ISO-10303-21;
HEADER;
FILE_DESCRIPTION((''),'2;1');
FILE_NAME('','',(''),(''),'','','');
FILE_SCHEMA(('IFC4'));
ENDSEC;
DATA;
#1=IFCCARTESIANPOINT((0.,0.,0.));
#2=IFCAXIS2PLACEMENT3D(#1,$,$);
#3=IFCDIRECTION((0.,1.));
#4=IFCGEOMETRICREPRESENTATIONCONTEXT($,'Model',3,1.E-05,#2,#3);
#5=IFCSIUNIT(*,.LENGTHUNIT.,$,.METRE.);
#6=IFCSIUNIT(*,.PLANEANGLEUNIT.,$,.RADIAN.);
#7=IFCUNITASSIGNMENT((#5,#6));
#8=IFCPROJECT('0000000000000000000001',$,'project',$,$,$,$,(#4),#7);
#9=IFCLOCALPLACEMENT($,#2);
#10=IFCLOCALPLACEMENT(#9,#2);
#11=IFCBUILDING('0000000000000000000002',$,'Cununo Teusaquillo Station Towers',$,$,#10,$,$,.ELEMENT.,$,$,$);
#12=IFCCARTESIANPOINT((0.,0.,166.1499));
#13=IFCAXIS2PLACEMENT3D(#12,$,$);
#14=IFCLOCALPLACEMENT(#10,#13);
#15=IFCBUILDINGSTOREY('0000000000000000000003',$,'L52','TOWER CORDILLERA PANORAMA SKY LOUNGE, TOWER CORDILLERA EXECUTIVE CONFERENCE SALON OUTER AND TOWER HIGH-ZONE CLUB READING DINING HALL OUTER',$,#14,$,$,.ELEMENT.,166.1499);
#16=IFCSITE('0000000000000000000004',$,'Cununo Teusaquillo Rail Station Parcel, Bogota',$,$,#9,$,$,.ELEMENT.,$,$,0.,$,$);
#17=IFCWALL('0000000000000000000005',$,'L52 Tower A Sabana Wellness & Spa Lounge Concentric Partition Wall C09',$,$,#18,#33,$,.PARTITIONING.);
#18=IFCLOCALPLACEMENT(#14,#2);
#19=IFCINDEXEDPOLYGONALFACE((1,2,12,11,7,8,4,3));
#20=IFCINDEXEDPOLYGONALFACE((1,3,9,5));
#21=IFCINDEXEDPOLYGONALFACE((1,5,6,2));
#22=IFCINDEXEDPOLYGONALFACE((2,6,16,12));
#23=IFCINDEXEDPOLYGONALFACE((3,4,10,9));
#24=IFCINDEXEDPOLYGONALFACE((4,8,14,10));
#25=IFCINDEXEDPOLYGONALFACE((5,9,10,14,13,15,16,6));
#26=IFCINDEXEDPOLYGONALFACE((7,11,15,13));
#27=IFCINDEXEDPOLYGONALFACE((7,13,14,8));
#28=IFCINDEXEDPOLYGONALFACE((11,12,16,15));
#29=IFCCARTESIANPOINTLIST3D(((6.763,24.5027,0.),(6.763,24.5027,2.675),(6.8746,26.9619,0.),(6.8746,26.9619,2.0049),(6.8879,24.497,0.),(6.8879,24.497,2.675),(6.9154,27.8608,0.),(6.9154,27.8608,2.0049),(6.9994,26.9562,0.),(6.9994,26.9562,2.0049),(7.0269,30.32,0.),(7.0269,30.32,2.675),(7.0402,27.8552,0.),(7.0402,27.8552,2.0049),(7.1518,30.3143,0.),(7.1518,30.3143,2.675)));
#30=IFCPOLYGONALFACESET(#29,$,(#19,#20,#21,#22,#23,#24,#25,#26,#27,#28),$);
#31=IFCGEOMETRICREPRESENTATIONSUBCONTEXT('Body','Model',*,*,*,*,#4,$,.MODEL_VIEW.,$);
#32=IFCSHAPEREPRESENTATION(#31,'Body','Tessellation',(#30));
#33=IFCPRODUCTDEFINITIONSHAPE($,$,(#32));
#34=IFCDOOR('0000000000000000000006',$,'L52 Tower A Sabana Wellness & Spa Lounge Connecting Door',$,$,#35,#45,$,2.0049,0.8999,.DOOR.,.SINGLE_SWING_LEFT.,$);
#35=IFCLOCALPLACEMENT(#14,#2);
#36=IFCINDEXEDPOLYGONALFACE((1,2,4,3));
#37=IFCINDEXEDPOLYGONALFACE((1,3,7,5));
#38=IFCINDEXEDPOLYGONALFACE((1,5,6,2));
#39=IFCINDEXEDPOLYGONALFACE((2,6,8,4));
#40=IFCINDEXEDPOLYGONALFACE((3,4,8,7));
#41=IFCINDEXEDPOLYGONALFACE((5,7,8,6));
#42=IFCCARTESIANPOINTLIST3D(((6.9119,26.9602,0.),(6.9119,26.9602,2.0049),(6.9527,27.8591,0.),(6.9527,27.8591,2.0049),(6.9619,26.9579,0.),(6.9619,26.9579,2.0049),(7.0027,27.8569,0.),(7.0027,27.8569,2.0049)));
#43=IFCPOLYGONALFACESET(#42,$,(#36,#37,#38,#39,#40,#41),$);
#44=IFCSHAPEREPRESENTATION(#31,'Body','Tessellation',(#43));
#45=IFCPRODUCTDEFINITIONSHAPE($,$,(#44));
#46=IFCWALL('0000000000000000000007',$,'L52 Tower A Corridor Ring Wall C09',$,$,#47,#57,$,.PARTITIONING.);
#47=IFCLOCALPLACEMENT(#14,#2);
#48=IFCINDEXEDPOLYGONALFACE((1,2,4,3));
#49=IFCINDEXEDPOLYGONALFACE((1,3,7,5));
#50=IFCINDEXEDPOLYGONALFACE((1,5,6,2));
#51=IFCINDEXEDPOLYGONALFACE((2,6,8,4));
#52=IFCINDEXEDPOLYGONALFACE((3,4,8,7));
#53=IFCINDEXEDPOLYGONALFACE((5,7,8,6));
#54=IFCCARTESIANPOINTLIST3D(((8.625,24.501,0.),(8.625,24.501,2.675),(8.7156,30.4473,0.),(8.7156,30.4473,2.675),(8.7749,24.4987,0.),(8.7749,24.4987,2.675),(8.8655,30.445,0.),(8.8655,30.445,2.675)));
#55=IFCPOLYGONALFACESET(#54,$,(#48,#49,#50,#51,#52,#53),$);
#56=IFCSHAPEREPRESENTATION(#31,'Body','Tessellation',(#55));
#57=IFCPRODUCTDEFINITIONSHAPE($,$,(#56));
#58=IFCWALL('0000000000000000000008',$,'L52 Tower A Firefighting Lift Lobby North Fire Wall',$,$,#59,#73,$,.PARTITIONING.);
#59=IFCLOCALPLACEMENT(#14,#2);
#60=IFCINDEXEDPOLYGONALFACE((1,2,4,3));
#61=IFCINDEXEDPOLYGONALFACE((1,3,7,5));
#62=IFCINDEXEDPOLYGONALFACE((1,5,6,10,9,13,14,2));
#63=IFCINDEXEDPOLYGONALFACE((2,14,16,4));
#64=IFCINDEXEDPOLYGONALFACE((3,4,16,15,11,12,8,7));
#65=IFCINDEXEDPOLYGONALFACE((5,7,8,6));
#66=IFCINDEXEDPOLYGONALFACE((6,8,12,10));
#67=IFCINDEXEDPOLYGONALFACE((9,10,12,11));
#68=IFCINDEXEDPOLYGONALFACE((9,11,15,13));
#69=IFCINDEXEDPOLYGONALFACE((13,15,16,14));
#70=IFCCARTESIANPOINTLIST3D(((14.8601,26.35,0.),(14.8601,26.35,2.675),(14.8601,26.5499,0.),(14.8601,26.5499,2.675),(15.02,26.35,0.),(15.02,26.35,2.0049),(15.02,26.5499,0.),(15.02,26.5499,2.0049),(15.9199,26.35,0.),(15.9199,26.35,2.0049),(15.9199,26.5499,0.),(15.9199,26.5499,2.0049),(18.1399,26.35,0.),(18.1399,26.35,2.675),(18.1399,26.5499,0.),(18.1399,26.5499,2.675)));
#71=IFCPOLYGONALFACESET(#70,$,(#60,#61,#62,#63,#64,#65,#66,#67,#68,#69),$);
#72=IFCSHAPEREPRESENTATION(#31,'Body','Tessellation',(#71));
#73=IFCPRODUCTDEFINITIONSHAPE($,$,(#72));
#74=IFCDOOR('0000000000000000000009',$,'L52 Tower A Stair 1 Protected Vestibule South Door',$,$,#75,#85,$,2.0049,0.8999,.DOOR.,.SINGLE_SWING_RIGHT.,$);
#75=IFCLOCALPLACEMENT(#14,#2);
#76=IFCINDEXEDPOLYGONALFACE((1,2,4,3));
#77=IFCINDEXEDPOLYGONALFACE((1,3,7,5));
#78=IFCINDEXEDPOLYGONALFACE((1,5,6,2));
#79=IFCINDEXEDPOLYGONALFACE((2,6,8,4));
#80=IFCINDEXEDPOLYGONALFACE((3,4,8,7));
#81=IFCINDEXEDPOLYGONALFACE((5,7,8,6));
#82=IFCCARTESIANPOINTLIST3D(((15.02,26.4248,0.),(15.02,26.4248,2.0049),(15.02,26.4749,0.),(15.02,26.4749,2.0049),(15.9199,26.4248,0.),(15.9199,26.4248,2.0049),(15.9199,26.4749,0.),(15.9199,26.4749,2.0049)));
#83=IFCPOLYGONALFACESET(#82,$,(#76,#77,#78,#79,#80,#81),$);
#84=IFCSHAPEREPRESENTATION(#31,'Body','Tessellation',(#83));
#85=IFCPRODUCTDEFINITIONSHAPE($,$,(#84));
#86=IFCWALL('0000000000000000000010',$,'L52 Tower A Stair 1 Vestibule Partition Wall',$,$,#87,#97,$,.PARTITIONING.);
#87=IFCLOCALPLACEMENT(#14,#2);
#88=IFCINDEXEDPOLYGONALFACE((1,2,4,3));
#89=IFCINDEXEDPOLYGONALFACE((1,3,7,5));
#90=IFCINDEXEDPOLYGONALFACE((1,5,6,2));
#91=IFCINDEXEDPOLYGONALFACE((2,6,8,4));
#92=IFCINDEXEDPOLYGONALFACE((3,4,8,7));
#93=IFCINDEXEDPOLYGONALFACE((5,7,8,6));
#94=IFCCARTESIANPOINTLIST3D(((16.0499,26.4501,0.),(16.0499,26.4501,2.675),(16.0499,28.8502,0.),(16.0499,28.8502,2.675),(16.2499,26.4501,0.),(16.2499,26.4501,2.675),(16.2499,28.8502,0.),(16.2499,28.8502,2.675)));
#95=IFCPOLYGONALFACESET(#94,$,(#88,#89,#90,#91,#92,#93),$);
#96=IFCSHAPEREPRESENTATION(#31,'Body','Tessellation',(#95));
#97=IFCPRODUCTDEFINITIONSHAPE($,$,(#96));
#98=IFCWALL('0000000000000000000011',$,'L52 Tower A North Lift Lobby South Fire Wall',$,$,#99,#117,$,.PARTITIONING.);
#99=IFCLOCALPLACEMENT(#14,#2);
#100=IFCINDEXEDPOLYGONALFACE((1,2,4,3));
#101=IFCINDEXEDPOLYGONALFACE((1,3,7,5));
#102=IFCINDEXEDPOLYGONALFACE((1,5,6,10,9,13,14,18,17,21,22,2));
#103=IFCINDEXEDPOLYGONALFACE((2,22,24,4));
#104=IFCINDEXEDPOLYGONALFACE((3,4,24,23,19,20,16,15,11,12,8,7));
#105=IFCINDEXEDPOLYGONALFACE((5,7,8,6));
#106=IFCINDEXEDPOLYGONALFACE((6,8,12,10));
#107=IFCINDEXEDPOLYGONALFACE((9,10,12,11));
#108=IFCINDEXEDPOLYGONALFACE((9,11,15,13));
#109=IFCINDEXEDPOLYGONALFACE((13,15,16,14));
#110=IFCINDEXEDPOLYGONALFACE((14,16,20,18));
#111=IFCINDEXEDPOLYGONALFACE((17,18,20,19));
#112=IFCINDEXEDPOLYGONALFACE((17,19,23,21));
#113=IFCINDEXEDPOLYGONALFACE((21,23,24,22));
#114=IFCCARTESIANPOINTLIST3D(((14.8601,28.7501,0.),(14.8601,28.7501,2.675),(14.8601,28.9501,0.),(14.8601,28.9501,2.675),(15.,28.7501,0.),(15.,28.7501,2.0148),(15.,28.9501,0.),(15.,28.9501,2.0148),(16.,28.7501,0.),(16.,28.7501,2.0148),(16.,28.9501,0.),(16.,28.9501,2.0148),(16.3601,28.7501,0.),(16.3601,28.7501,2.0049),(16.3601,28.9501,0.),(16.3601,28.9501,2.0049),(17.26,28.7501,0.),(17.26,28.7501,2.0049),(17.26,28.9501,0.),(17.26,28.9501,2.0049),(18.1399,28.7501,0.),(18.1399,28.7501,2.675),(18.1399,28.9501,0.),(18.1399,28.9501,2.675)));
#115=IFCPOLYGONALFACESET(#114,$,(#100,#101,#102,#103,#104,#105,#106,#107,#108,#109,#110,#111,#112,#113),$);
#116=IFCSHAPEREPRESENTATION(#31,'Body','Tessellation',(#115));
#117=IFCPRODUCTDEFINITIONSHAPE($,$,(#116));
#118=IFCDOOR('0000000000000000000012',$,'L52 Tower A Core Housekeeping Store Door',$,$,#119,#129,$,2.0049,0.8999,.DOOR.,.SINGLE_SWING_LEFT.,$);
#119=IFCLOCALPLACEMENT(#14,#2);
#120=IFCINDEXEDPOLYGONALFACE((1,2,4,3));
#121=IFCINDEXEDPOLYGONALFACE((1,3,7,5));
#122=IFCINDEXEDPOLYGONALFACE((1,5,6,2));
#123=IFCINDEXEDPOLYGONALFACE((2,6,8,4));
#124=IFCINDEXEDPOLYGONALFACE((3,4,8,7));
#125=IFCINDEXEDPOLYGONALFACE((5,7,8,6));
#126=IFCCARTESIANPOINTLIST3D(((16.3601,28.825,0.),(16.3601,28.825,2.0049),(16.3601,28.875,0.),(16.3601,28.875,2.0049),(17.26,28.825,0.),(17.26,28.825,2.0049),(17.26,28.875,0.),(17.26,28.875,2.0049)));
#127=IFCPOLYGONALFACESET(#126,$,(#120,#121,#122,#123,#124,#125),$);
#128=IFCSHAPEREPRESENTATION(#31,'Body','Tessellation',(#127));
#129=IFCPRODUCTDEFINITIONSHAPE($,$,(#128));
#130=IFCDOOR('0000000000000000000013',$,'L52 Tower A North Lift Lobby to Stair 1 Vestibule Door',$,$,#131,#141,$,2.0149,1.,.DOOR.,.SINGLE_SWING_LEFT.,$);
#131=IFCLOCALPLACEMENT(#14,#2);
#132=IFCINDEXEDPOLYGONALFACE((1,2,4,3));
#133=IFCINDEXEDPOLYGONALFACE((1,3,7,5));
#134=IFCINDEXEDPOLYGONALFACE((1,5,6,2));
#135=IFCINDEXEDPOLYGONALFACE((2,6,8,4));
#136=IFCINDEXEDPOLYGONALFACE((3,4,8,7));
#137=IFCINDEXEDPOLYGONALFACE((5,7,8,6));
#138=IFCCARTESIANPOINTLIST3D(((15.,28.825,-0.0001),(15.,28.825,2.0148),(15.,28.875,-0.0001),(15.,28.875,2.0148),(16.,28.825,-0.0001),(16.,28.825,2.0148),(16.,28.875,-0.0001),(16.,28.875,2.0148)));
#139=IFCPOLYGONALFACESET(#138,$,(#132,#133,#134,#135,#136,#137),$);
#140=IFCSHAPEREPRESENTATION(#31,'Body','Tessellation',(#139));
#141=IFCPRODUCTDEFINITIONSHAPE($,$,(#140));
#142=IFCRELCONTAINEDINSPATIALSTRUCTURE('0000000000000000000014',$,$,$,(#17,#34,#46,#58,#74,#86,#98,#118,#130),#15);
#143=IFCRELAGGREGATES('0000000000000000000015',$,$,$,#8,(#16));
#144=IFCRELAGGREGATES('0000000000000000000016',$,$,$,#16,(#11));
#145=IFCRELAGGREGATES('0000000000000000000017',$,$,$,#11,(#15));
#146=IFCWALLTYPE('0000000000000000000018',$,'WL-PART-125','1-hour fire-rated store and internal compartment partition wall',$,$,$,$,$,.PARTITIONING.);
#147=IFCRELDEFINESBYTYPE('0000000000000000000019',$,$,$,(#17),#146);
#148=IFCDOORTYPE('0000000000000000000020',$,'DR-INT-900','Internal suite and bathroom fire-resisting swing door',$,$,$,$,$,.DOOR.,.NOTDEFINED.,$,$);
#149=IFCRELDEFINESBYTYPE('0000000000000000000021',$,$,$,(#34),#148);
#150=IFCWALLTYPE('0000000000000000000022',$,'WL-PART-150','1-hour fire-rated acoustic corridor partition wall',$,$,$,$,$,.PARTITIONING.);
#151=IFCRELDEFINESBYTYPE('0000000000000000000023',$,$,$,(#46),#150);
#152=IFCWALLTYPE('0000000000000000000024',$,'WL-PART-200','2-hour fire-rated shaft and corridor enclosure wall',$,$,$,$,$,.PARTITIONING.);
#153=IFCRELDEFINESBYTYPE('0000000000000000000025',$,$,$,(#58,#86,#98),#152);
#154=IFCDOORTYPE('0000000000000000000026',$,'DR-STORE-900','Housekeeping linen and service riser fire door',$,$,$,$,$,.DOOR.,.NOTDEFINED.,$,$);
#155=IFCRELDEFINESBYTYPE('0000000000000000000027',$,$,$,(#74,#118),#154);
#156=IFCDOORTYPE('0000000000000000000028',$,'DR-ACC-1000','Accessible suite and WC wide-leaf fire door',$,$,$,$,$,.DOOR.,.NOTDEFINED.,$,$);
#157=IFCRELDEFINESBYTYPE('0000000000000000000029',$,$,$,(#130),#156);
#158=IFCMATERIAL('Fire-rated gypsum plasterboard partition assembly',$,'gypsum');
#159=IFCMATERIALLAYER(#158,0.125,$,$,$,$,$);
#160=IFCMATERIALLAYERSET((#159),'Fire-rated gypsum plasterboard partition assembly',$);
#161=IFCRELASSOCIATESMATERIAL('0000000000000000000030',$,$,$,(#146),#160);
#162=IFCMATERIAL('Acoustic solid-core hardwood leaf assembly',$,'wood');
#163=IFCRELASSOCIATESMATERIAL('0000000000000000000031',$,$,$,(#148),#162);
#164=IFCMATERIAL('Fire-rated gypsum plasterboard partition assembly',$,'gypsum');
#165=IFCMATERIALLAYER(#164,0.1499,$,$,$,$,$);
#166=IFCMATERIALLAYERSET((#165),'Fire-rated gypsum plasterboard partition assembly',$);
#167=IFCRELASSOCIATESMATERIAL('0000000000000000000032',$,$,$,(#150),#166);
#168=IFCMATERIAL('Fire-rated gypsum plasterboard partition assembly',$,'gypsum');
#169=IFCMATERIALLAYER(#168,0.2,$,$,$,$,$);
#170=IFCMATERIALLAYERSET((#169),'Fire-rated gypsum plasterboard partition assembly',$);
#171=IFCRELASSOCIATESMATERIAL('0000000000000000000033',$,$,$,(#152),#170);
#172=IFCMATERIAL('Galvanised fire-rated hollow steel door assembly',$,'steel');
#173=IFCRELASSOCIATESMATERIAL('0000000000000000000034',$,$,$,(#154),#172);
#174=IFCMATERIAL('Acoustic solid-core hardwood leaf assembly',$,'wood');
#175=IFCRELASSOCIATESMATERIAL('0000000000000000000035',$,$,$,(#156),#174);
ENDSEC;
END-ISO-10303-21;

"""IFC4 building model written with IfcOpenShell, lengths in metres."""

from ifc_helpers import new_model, si_unit, direction, frame, frame_2d, origin, place, context, subcontext, project, spatial, rectangle, extrude, source, transform, mapped, material, layer, layer_set, type_object, element, fill, save


model = new_model("IFC4")

# Units and contexts
model_context = context("Model", 3, precision=1e-05, world=origin(), true_north=direction((0.0, 1.0)))
body_context = subcontext(model_context, "Body", "Model", "MODEL_VIEW")
ifc_project = project(units=[si_unit("LENGTHUNIT", "METRE"), si_unit("PLANEANGLEUNIT", "RADIAN")], contexts=[model_context])

# Site, building, storey
site_placement = place(None, origin())
site = spatial("IfcSite", under=ifc_project, at=site_placement, Name="Cununo Teusaquillo Rail Station Parcel, Bogota", CompositionType="ELEMENT", RefElevation=0.0)
building_placement = place(site_placement, origin())
building = spatial("IfcBuilding", under=site, at=building_placement, Name="Cununo Teusaquillo Station Towers", CompositionType="ELEMENT")
storey_placement = place(building_placement, frame((0.0, 0.0, 166.1499)))
storey = spatial("IfcBuildingStorey", under=building, at=storey_placement, Name="L52", Description="TOWER CORDILLERA PANORAMA SKY LOUNGE, TOWER CORDILLERA EXECUTIVE CONFERENCE SALON OUTER AND TOWER HIGH-ZONE CLUB READING DINING HALL OUTER", CompositionType="ELEMENT", Elevation=166.1499)

# Wall, opening, door
ifc_material_1 = material(Name="Fire-rated gypsum plasterboard partition assembly", Category="gypsum")
ifc_layer_1 = layer(ifc_material_1, 0.125)
ifc_layer_set_1 = layer_set([ifc_layer_1], Name="Fire-rated gypsum plasterboard partition assembly")
wall_type_1 = type_object("IfcWallType", Name="WL-PART-125", Description="1-hour fire-rated store and internal compartment partition wall", PredefinedType="PARTITIONING", material=ifc_layer_set_1)
wall_1_placement = place(storey_placement, frame((7.0894, 30.3171, 0.0), z_axis=(0.0, 0.0, 1.0), x_axis=(-0.045322, -0.998972, 0.0)))
wall_1 = element("IfcWall", 1, at=wall_1_placement, inside=storey, type_object=wall_type_1, Name="L52 Tower A Sabana Wellness & Spa Lounge Concentric Partition Wall C09", PredefinedType="PARTITIONING", context=body_context, shape_type="SweptSolid", body=[
    extrude(rectangle(XDim=5.8232, YDim=0.125, at=frame_2d((2.9116, 0.0))), origin(), (0.0, 0.0, 1.0), 2.675),
])
shared_shape_1 = source(origin(), body_context, "Body", "SweptSolid", [
    extrude(rectangle(XDim=0.8999, YDim=2.0049, at=frame_2d((0.45, 1.0024))), frame((0.0, 0.0725, 0.0), z_axis=(0.0, -1.0, 0.0), x_axis=(1.0, 0.0, 0.0)), (0.0, 0.0, 1.0), 0.145),
])
opening_1_placement = place(wall_1_placement, frame((2.4617, 0.0, 0.0)))
opening_1 = element("IfcOpeningElement", 2, at=opening_1_placement, cuts=wall_1, PredefinedType="OPENING", context=body_context, shape_type="MappedRepresentation", body=[
    mapped(shared_shape_1, transform((0.0, 0.0, 0.0), x_axis=(1.0, 0.0, 0.0), y_axis=(0.0, 1.0, 0.0), z_axis=(0.0, 0.0, 1.0), scale=1.0)),
])
ifc_material_2 = material(Name="Acoustic solid-core hardwood leaf assembly", Category="wood")
door_type_1 = type_object("IfcDoorType", Name="DR-INT-900", Description="Internal suite and bathroom fire-resisting swing door", OperationType="NOTDEFINED", PredefinedType="DOOR", material=ifc_material_2)
shared_shape_2 = source(origin(), body_context, "Body", "SweptSolid", [
    extrude(rectangle(XDim=0.8999, YDim=2.0049, at=frame_2d((0.45, 1.0024))), frame((0.0, 0.0249, 0.0), z_axis=(0.0, -1.0, 0.0), x_axis=(1.0, 0.0, 0.0)), (0.0, 0.0, 1.0), 0.05),
])
door_1_placement = place(opening_1_placement, origin())
door_1 = element("IfcDoor", 3, at=door_1_placement, inside=storey, type_object=door_type_1, Name="L52 Tower A Sabana Wellness & Spa Lounge Connecting Door", OperationType="SINGLE_SWING_LEFT", OverallHeight=2.0049, OverallWidth=0.8999, PredefinedType="DOOR", context=body_context, shape_type="MappedRepresentation", body=[
    mapped(shared_shape_2, transform((0.0, 0.0, 0.0), x_axis=(1.0, 0.0, 0.0), y_axis=(0.0, 1.0, 0.0), z_axis=(0.0, 0.0, 1.0), scale=1.0)),
])
fill(opening_1, door_1)

# Wall
ifc_material_3 = material(Name="Fire-rated gypsum plasterboard partition assembly", Category="gypsum")
ifc_layer_2 = layer(ifc_material_3, 0.1499)
ifc_layer_set_2 = layer_set([ifc_layer_2], Name="Fire-rated gypsum plasterboard partition assembly")
wall_type_2 = type_object("IfcWallType", Name="WL-PART-150", Description="1-hour fire-rated acoustic corridor partition wall", PredefinedType="PARTITIONING", material=ifc_layer_set_2)
wall_2_placement = place(storey_placement, frame((8.7905, 30.4463, 0.0), z_axis=(0.0, 0.0, 1.0), x_axis=(-0.015231, -0.999884, 0.0)))
element("IfcWall", 4, at=wall_2_placement, inside=storey, type_object=wall_type_2, Name="L52 Tower A Corridor Ring Wall C09", PredefinedType="PARTITIONING", context=body_context, shape_type="SweptSolid", body=[
    extrude(rectangle(XDim=5.947, YDim=0.1499, at=frame_2d((2.9736, 0.0))), origin(), (0.0, 0.0, 1.0), 2.675),
])

# Wall, opening, door
ifc_material_4 = material(Name="Fire-rated gypsum plasterboard partition assembly", Category="gypsum")
ifc_layer_3 = layer(ifc_material_4, 0.2)
ifc_layer_set_3 = layer_set([ifc_layer_3], Name="Fire-rated gypsum plasterboard partition assembly")
wall_type_3 = type_object("IfcWallType", Name="WL-PART-200", Description="2-hour fire-rated shaft and corridor enclosure wall", PredefinedType="PARTITIONING", material=ifc_layer_set_3)
wall_3_placement = place(storey_placement, frame((14.8601, 26.45, 0.0), z_axis=(0.0, 0.0, 1.0), x_axis=(1.0, 0.0, 0.0)))
wall_3 = element("IfcWall", 5, at=wall_3_placement, inside=storey, type_object=wall_type_3, Name="L52 Tower A Firefighting Lift Lobby North Fire Wall", PredefinedType="PARTITIONING", context=body_context, shape_type="SweptSolid", body=[
    extrude(rectangle(XDim=3.2798, YDim=0.2, at=frame_2d((1.6399, 0.0))), origin(), (0.0, 0.0, 1.0), 2.675),
])
shared_shape_3 = source(origin(), body_context, "Body", "SweptSolid", [
    extrude(rectangle(XDim=0.8999, YDim=2.0049, at=frame_2d((0.45, 1.0024))), frame((0.0, 0.1099, 0.0), z_axis=(0.0, -1.0, 0.0), x_axis=(1.0, 0.0, 0.0)), (0.0, 0.0, 1.0), 0.22),
])
opening_2_placement = place(wall_3_placement, frame((0.1599, 0.0, 0.0)))
opening_2 = element("IfcOpeningElement", 6, at=opening_2_placement, cuts=wall_3, PredefinedType="OPENING", context=body_context, shape_type="MappedRepresentation", body=[
    mapped(shared_shape_3, transform((0.0, 0.0, 0.0), x_axis=(1.0, 0.0, 0.0), y_axis=(0.0, 1.0, 0.0), z_axis=(0.0, 0.0, 1.0), scale=1.0)),
])
ifc_material_5 = material(Name="Galvanised fire-rated hollow steel door assembly", Category="steel")
door_type_2 = type_object("IfcDoorType", Name="DR-STORE-900", Description="Housekeeping linen and service riser fire door", OperationType="NOTDEFINED", PredefinedType="DOOR", material=ifc_material_5)
door_2_placement = place(opening_2_placement, origin())
door_2 = element("IfcDoor", 7, at=door_2_placement, inside=storey, type_object=door_type_2, Name="L52 Tower A Stair 1 Protected Vestibule South Door", OperationType="SINGLE_SWING_RIGHT", OverallHeight=2.0049, OverallWidth=0.8999, PredefinedType="DOOR", context=body_context, shape_type="MappedRepresentation", body=[
    mapped(shared_shape_2, transform((0.0, 0.0, 0.0), x_axis=(1.0, 0.0, 0.0), y_axis=(0.0, 1.0, 0.0), z_axis=(0.0, 0.0, 1.0), scale=1.0)),
])
fill(opening_2, door_2)

# Wall
wall_4_placement = place(storey_placement, frame((16.1499, 26.45, 0.0), z_axis=(0.0, 0.0, 1.0), x_axis=(0.0, 1.0, 0.0)))
element("IfcWall", 8, at=wall_4_placement, inside=storey, type_object=wall_type_3, Name="L52 Tower A Stair 1 Vestibule Partition Wall", PredefinedType="PARTITIONING", context=body_context, shape_type="SweptSolid", body=[
    extrude(rectangle(XDim=2.4001, YDim=0.2, at=frame_2d((1.2002, 0.0))), origin(), (0.0, 0.0, 1.0), 2.675),
])

# Wall, openings, doors
wall_5_placement = place(storey_placement, frame((14.8601, 28.8501, 0.0), z_axis=(0.0, 0.0, 1.0), x_axis=(1.0, 0.0, 0.0)))
wall_5 = element("IfcWall", 9, at=wall_5_placement, inside=storey, type_object=wall_type_3, Name="L52 Tower A North Lift Lobby South Fire Wall", PredefinedType="PARTITIONING", context=body_context, shape_type="SweptSolid", body=[
    extrude(rectangle(XDim=3.2798, YDim=0.2, at=frame_2d((1.6399, 0.0))), origin(), (0.0, 0.0, 1.0), 2.675),
])
shared_shape_4 = source(origin(), body_context, "Body", "SweptSolid", [
    extrude(rectangle(XDim=1.0, YDim=2.0149, at=frame_2d((0.5, 1.0073))), frame((0.0, 0.1099, 0.0), z_axis=(0.0, -1.0, 0.0), x_axis=(1.0, 0.0, 0.0)), (0.0, 0.0, 1.0), 0.22),
])
opening_3_placement = place(wall_5_placement, frame((0.1399, 0.0, 0.0)))
opening_3 = element("IfcOpeningElement", 10, at=opening_3_placement, cuts=wall_5, PredefinedType="OPENING", context=body_context, shape_type="MappedRepresentation", body=[
    mapped(shared_shape_4, transform((0.0, 0.0, 0.0), x_axis=(1.0, 0.0, 0.0), y_axis=(0.0, 1.0, 0.0), z_axis=(0.0, 0.0, 1.0), scale=1.0)),
])
opening_4_placement = place(wall_5_placement, frame((1.5, 0.0, 0.0)))
opening_4 = element("IfcOpeningElement", 11, at=opening_4_placement, cuts=wall_5, PredefinedType="OPENING", context=body_context, shape_type="MappedRepresentation", body=[
    mapped(shared_shape_3, transform((0.0, 0.0, 0.0), x_axis=(1.0, 0.0, 0.0), y_axis=(0.0, 1.0, 0.0), z_axis=(0.0, 0.0, 1.0), scale=1.0)),
])
door_3_placement = place(opening_4_placement, origin())
door_3 = element("IfcDoor", 12, at=door_3_placement, inside=storey, type_object=door_type_2, Name="L52 Tower A Core Housekeeping Store Door", OperationType="SINGLE_SWING_LEFT", OverallHeight=2.0049, OverallWidth=0.8999, PredefinedType="DOOR", context=body_context, shape_type="MappedRepresentation", body=[
    mapped(shared_shape_2, transform((0.0, 0.0, 0.0), x_axis=(1.0, 0.0, 0.0), y_axis=(0.0, 1.0, 0.0), z_axis=(0.0, 0.0, 1.0), scale=1.0)),
])
fill(opening_4, door_3)
ifc_material_6 = material(Name="Acoustic solid-core hardwood leaf assembly", Category="wood")
door_type_3 = type_object("IfcDoorType", Name="DR-ACC-1000", Description="Accessible suite and WC wide-leaf fire door", OperationType="NOTDEFINED", PredefinedType="DOOR", material=ifc_material_6)
shared_shape_5 = source(origin(), body_context, "Body", "SweptSolid", [
    extrude(rectangle(XDim=1.0, YDim=2.0149, at=frame_2d((0.5, 1.0073))), frame((0.0, 0.0249, 0.0), z_axis=(0.0, -1.0, 0.0), x_axis=(1.0, 0.0, 0.0)), (0.0, 0.0, 1.0), 0.05),
])
door_4_placement = place(opening_3_placement, origin())
door_4 = element("IfcDoor", 13, at=door_4_placement, inside=storey, type_object=door_type_3, Name="L52 Tower A North Lift Lobby to Stair 1 Vestibule Door", OperationType="SINGLE_SWING_LEFT", OverallHeight=2.0149, OverallWidth=1.0, PredefinedType="DOOR", context=body_context, shape_type="MappedRepresentation", body=[
    mapped(shared_shape_5, transform((0.0, 0.0, 0.0), x_axis=(1.0, 0.0, 0.0), y_axis=(0.0, 1.0, 0.0), z_axis=(0.0, 0.0, 1.0), scale=1.0)),
])
fill(opening_3, door_4)

save(model, "model.ifc")
